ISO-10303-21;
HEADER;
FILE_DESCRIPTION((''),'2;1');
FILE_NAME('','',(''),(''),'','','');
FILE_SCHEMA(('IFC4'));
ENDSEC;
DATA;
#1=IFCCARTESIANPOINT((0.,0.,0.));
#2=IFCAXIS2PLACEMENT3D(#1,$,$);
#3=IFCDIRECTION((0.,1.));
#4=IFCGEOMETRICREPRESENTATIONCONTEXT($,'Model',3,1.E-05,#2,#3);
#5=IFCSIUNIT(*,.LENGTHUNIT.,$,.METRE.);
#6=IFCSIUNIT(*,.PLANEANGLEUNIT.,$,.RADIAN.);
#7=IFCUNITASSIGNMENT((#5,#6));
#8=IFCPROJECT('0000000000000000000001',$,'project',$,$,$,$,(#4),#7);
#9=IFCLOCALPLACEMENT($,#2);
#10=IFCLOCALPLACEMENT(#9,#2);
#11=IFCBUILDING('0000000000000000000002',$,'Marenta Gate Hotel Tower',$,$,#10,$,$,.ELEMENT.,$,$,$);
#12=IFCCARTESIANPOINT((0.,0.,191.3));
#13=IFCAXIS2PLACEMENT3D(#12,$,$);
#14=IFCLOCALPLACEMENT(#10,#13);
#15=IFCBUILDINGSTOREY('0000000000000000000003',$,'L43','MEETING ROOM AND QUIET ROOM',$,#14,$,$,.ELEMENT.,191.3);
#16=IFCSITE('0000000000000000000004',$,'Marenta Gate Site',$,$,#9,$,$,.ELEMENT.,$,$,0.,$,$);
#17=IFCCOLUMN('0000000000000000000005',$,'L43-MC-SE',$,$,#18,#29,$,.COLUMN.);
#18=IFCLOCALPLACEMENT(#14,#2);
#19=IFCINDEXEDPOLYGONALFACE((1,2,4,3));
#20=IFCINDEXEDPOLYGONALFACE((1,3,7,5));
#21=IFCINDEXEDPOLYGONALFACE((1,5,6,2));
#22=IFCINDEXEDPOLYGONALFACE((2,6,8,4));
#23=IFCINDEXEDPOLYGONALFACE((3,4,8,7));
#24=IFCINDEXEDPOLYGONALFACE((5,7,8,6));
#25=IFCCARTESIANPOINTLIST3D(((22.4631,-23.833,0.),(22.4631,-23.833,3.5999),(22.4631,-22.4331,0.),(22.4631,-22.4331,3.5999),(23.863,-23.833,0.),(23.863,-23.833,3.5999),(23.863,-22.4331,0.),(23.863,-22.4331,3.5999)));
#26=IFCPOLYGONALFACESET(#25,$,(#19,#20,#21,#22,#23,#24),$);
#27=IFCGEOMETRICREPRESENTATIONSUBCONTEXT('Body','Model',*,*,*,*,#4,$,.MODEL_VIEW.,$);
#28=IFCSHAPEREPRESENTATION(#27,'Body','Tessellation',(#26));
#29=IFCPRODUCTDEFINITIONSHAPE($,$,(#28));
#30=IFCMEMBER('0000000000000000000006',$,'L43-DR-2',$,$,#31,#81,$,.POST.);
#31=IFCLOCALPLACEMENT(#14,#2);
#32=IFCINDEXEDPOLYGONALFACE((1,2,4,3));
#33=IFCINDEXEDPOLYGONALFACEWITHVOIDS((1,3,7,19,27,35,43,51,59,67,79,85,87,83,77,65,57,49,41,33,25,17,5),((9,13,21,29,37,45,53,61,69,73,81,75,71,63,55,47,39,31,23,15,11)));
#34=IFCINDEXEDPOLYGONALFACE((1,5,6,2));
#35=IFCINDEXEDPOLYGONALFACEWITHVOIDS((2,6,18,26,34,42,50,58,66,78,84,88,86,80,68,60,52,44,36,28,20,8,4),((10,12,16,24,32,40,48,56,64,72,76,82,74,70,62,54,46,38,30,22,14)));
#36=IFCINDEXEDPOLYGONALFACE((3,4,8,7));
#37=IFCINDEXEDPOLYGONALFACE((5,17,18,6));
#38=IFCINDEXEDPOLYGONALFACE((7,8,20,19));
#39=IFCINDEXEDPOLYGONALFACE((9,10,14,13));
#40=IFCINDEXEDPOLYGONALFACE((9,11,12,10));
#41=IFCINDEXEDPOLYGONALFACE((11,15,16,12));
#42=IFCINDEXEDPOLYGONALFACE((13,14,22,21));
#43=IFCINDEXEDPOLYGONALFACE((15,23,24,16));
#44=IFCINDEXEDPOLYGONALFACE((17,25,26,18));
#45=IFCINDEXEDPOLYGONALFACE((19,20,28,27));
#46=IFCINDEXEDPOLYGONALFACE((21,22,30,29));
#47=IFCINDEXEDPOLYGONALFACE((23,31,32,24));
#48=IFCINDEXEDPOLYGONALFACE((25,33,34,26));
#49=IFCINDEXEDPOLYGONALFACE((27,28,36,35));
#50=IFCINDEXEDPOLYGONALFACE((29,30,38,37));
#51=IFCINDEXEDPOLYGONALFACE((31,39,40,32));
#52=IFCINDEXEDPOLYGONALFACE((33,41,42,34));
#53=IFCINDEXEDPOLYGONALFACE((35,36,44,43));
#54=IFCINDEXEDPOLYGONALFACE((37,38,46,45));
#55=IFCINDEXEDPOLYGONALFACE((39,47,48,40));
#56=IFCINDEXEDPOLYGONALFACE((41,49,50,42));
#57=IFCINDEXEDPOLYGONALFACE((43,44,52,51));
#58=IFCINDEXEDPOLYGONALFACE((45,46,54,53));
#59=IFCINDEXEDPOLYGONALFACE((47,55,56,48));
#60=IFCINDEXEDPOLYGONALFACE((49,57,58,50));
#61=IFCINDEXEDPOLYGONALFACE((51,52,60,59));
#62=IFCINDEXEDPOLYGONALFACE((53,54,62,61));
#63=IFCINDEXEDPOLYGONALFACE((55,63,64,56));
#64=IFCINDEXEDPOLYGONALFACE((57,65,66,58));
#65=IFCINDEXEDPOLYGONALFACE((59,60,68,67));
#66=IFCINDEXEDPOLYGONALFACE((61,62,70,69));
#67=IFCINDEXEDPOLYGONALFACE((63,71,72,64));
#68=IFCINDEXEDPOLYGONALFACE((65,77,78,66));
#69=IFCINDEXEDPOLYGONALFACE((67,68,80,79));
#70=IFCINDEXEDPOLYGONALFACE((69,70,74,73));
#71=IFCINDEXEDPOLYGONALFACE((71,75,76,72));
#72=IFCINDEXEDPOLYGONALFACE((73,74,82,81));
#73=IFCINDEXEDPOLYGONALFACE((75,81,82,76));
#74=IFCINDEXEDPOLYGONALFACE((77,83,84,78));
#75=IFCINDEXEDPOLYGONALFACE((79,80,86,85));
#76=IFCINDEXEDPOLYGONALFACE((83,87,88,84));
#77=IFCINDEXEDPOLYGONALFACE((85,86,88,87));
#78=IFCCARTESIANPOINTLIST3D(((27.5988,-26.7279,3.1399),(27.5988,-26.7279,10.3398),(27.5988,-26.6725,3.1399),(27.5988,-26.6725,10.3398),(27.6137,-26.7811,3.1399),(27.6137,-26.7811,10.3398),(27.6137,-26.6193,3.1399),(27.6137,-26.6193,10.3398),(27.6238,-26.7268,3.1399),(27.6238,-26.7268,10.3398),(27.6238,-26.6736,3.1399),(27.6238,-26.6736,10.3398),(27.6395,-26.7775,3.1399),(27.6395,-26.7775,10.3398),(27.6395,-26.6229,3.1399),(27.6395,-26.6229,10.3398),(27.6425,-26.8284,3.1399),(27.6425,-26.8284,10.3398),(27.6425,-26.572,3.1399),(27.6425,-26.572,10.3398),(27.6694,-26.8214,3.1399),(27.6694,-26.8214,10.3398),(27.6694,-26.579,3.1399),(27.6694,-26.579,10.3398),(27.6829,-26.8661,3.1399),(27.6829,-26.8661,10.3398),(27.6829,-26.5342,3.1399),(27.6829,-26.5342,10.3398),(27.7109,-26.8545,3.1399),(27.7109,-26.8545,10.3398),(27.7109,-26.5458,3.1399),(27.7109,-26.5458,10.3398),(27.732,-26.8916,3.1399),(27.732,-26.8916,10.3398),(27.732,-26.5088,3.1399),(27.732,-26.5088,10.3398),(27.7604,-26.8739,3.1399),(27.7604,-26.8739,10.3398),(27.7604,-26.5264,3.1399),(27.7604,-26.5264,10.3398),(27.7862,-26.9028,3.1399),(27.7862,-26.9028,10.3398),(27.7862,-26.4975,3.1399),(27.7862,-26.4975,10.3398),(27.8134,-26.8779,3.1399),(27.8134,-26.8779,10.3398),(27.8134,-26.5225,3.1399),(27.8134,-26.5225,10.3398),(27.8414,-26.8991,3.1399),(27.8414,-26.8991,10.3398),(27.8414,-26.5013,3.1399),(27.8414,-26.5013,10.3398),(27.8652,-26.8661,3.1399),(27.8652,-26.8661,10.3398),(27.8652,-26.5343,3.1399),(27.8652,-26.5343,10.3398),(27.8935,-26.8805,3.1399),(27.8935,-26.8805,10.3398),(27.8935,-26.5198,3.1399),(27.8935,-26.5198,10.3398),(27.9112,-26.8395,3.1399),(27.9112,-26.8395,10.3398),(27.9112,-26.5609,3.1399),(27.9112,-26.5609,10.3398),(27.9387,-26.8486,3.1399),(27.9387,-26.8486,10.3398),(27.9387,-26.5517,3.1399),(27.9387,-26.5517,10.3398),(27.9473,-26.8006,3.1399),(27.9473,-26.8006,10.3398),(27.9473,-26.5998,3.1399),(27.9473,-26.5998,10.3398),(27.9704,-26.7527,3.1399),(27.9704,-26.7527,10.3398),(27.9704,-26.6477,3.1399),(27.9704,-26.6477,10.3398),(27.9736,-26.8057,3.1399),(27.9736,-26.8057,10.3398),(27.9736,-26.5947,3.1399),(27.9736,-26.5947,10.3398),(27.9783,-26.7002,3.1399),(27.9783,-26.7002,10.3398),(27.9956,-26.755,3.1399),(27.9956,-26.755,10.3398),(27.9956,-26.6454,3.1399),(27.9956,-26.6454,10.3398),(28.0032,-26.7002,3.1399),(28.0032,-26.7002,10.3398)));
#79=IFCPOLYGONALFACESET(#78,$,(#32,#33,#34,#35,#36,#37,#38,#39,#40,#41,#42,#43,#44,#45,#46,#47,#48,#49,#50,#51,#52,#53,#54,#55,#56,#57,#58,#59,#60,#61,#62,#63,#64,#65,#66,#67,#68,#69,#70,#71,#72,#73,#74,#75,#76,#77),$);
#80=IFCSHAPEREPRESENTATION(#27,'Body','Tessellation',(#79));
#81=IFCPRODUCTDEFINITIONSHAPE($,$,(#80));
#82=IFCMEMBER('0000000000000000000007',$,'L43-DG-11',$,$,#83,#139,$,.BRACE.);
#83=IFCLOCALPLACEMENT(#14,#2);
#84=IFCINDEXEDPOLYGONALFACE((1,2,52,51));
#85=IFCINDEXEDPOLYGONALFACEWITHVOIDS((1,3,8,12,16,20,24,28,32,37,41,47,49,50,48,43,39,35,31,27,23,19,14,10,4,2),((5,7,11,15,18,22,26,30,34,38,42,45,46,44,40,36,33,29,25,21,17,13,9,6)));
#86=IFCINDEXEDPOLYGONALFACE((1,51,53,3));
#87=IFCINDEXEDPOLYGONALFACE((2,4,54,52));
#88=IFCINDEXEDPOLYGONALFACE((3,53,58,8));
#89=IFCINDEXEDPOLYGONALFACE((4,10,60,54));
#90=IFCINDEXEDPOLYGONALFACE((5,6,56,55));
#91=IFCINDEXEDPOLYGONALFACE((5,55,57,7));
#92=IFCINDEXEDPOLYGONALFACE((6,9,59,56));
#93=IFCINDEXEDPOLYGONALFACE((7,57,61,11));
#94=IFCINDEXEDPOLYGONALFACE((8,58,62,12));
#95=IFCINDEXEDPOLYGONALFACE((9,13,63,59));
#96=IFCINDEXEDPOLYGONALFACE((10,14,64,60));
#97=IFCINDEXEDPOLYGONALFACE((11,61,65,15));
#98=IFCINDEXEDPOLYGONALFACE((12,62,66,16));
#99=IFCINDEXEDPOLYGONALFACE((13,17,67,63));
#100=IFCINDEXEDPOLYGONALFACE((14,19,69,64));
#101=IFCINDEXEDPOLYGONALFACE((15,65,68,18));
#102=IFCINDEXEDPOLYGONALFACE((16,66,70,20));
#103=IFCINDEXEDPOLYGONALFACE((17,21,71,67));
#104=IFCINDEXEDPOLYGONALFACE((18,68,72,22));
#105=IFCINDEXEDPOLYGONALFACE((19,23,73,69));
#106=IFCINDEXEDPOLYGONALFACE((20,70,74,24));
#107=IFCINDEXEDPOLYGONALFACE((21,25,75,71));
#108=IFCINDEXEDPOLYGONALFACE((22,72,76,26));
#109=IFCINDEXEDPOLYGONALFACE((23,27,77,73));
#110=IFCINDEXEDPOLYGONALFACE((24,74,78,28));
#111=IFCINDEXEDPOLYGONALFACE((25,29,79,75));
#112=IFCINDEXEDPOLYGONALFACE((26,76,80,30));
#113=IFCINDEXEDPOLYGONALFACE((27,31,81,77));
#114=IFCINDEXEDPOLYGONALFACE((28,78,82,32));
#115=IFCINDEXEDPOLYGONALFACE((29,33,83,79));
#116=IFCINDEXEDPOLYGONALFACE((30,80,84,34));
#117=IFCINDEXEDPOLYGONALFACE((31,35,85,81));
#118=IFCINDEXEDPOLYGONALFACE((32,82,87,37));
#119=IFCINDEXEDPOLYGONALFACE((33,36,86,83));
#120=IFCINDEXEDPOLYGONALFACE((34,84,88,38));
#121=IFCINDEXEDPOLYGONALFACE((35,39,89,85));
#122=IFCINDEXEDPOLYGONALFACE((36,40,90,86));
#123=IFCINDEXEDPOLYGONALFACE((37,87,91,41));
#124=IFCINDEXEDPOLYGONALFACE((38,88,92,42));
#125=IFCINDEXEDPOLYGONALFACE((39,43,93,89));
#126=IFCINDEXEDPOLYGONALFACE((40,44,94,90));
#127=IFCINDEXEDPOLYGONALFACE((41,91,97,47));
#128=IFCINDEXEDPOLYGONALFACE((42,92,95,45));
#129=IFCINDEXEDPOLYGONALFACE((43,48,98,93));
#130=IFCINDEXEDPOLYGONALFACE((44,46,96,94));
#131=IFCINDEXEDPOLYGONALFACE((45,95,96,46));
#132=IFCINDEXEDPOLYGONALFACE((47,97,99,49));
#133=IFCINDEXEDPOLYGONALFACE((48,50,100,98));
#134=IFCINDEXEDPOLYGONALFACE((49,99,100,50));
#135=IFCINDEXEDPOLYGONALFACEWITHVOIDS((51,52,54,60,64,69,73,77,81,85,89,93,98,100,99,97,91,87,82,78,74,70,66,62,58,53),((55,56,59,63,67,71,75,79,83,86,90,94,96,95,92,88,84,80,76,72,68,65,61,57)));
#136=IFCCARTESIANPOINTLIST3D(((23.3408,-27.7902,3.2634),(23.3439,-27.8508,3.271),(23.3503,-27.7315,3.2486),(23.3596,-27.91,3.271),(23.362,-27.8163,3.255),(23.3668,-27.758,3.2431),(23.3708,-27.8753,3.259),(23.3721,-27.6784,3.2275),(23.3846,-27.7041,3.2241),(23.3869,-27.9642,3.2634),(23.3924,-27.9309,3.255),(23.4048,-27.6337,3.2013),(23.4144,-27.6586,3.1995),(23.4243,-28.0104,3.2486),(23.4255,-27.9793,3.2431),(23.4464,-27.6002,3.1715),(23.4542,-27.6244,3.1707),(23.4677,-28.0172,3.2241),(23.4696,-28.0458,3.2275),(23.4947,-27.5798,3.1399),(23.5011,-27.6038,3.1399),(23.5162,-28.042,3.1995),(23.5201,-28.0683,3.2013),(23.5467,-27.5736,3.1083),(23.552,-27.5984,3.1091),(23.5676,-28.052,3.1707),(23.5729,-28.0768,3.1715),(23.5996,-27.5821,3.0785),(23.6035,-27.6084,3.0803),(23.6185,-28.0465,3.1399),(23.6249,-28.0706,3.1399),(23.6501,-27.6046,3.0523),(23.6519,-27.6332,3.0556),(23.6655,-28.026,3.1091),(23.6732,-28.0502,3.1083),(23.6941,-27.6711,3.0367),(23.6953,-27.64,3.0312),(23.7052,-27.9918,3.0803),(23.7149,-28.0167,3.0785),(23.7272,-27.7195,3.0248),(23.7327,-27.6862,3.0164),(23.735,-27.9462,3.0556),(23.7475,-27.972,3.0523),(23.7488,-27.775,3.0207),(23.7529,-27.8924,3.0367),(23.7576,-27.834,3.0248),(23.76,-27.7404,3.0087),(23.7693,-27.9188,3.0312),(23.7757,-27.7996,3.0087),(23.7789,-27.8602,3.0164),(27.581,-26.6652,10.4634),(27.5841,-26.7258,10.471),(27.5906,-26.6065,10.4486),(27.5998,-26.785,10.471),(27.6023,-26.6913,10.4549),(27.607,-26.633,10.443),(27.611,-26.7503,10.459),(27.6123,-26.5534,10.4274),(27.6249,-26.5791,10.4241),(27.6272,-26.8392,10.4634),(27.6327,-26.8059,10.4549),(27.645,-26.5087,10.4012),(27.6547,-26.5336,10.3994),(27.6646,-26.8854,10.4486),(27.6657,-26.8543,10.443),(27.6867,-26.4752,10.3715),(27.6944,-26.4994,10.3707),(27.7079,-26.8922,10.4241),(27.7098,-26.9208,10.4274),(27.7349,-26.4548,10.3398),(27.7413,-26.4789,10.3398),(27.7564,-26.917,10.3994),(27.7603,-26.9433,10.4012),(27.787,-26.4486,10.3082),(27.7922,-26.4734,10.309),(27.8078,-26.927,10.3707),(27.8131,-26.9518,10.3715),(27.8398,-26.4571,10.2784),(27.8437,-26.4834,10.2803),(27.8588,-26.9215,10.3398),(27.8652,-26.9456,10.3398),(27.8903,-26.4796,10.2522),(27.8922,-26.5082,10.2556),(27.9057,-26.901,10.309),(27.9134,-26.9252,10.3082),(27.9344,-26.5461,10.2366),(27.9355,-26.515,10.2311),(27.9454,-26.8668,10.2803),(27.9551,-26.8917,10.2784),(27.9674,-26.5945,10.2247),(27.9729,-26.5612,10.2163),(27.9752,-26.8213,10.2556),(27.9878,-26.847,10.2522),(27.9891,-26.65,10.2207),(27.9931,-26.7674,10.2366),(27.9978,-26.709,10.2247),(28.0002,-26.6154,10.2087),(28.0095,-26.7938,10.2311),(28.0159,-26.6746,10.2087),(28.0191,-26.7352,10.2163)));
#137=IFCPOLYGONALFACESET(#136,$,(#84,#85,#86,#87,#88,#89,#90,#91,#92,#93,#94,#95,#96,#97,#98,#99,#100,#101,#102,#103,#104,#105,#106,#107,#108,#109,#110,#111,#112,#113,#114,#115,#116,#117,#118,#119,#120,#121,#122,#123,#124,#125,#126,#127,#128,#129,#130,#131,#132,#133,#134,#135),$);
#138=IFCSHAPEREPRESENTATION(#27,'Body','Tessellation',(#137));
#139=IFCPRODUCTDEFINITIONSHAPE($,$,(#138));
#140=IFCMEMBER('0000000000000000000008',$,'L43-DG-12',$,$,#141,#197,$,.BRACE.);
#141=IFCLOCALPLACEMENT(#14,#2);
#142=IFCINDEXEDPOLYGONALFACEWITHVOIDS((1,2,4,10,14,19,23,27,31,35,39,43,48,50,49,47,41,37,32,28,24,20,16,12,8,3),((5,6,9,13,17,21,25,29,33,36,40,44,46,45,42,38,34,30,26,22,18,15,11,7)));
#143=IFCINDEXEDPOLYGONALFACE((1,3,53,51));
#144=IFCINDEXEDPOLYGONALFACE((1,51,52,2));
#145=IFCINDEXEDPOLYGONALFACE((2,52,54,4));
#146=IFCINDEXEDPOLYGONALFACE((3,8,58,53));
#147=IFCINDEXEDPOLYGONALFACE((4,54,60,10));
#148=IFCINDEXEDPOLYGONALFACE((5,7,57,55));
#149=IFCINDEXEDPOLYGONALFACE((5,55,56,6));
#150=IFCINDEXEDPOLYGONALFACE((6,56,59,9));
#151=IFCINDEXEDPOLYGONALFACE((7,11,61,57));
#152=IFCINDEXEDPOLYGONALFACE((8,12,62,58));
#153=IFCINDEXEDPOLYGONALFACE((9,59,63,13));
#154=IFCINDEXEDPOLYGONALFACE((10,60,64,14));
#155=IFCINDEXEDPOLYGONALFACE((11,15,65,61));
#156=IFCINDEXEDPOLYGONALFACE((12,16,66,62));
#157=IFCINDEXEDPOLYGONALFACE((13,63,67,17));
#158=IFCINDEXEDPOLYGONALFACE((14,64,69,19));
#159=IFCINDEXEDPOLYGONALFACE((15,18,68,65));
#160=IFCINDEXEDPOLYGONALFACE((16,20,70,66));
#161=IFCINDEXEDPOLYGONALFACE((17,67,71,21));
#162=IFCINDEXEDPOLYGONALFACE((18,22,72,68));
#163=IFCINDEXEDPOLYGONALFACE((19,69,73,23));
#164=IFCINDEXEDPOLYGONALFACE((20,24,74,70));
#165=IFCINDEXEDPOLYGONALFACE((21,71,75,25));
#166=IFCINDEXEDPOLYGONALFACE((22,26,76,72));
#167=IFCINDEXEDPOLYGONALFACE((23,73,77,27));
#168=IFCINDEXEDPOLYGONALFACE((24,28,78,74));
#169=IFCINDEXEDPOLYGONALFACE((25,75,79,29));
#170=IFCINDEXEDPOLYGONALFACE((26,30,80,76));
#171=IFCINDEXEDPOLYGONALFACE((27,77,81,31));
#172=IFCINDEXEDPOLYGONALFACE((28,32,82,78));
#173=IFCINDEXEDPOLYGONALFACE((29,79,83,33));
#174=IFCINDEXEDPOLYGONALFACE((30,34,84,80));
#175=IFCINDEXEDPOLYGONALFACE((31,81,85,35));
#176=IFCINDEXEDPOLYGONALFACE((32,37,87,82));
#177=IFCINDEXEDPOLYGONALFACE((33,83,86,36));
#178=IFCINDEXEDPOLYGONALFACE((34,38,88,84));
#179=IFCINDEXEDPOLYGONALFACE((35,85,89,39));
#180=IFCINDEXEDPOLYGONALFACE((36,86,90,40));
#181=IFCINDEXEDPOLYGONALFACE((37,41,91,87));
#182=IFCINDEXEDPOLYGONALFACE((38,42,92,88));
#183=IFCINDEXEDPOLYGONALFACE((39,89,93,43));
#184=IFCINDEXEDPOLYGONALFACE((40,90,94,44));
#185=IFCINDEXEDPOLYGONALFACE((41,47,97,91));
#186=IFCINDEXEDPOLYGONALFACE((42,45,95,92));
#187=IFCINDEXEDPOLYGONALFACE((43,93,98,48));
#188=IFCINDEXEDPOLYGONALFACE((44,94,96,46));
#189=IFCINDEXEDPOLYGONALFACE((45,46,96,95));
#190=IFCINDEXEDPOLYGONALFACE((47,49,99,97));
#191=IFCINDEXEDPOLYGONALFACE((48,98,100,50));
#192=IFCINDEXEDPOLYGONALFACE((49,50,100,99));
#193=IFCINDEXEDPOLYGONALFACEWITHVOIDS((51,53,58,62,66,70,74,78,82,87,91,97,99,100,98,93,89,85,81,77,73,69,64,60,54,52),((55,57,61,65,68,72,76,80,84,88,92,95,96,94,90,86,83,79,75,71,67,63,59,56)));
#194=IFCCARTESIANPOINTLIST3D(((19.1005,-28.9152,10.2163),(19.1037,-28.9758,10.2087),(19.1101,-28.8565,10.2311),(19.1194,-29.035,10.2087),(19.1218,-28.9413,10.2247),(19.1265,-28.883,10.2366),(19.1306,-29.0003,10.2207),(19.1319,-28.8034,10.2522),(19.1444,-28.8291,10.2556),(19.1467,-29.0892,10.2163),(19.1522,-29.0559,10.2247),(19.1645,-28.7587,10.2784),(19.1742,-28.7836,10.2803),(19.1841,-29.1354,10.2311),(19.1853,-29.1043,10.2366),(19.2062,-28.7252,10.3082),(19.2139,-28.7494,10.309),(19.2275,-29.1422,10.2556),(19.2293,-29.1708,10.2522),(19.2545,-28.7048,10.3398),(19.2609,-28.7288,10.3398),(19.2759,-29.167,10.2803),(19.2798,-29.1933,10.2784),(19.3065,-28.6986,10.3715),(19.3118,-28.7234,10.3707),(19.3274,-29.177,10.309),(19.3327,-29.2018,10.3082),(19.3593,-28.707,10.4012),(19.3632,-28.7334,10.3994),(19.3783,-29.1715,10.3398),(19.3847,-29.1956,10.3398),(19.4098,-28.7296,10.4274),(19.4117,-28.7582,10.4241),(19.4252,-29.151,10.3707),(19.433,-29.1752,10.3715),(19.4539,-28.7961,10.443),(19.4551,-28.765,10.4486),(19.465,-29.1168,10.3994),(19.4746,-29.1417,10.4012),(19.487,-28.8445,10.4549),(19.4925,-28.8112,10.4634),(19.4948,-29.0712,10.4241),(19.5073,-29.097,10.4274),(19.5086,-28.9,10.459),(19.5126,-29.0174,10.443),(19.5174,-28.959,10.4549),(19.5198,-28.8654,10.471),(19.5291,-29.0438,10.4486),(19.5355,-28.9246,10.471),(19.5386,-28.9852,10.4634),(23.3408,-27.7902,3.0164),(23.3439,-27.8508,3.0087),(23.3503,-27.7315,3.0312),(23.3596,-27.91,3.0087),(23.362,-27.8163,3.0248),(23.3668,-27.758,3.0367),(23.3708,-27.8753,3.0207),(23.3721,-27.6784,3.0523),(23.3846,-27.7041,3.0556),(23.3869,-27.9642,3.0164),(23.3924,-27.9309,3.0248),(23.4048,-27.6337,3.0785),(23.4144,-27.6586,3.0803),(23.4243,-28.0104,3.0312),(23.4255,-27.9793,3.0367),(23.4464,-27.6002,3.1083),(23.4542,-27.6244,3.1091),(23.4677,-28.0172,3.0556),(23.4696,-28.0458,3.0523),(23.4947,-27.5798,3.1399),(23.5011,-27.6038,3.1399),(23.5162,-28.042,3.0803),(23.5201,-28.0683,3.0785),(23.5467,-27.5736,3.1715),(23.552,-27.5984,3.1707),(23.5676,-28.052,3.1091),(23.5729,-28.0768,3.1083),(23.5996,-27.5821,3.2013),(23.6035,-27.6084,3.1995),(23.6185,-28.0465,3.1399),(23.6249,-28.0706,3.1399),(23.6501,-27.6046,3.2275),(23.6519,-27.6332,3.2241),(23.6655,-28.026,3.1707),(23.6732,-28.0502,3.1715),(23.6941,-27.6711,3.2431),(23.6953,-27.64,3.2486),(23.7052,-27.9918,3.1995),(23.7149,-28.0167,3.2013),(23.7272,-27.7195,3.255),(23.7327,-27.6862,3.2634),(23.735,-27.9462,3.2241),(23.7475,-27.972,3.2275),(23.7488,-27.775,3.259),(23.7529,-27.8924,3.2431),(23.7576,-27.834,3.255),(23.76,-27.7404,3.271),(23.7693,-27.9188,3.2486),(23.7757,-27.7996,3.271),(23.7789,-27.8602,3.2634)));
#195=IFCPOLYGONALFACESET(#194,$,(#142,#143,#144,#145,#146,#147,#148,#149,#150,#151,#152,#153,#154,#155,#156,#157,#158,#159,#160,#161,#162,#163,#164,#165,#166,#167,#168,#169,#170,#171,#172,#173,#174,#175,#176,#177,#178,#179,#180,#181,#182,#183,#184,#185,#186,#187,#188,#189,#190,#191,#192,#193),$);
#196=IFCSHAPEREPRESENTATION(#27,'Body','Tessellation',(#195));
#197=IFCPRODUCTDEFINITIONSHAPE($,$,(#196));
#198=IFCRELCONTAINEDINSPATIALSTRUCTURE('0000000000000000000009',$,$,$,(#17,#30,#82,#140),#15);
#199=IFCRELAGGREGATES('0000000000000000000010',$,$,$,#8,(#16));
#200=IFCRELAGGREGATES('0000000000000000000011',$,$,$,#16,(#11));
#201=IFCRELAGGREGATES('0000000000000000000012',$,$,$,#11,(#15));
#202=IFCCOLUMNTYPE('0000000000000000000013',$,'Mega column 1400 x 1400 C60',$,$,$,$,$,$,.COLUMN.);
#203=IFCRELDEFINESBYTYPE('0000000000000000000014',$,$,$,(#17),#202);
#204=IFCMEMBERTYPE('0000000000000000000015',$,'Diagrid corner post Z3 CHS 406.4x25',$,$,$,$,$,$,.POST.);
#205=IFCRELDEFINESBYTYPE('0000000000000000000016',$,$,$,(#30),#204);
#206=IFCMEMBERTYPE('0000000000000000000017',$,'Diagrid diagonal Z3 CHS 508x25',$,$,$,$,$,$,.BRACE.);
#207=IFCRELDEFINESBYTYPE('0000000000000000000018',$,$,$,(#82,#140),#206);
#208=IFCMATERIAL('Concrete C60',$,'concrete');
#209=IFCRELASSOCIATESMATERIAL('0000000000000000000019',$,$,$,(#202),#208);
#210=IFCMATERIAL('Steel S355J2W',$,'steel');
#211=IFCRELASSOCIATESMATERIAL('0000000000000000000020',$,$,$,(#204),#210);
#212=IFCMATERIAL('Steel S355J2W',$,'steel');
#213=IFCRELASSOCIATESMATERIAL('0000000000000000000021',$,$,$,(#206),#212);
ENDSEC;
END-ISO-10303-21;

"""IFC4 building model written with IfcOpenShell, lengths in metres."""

from ifc_helpers import new_model, si_unit, direction, frame, origin, origin_2d, place, context, subcontext, project, spatial, rectangle, hollow_circle, extrude, material, material_profile, profile_set, type_object, element, save


model = new_model("IFC4")

# Units and contexts
model_context = context("Model", 3, precision=1e-05, world=origin(), true_north=direction((0.0, 1.0)))
body_context = subcontext(model_context, "Body", "Model", "MODEL_VIEW")
ifc_project = project(units=[si_unit("LENGTHUNIT", "METRE"), si_unit("PLANEANGLEUNIT", "RADIAN")], contexts=[model_context])

# Site, building, storey
site_placement = place(None, origin())
site = spatial("IfcSite", under=ifc_project, at=site_placement, Name="Marenta Gate Site", CompositionType="ELEMENT", RefElevation=0.0)
building_placement = place(site_placement, origin())
building = spatial("IfcBuilding", under=site, at=building_placement, Name="Marenta Gate Hotel Tower", CompositionType="ELEMENT")
storey_placement = place(building_placement, frame((0.0, 0.0, 191.3)))
storey = spatial("IfcBuildingStorey", under=building, at=storey_placement, Name="L43", Description="MEETING ROOM AND QUIET ROOM", CompositionType="ELEMENT", Elevation=191.3)

# Column
ifc_material_1 = material(Name="Concrete C60", Category="concrete")
ifc_material_profile_1 = material_profile(ifc_material_1, rectangle(XDim=1.3999, YDim=1.3999, at=origin_2d()), Name="1400 x 1400")
ifc_profile_set_1 = profile_set([ifc_material_profile_1], Name="Concrete C60")
column_type = type_object("IfcColumnType", Name="Mega column 1400 x 1400 C60", PredefinedType="COLUMN", material=ifc_profile_set_1)
column_placement = place(storey_placement, frame((23.1631, -23.1331, 0.0), z_axis=(0.0, 0.0, 1.0), x_axis=(1.0, 0.0, 0.0)))
element("IfcColumn", 1, at=column_placement, inside=storey, type_object=column_type, Name="L43-MC-SE", PredefinedType="COLUMN", context=body_context, shape_type="SweptSolid", body=[
    extrude(rectangle(XDim=1.3999, YDim=1.3999, at=origin_2d()), origin(), (0.0, 0.0, 1.0), 3.5999),
])

# Members
ifc_material_2 = material(Name="Steel S355J2W", Category="steel")
ifc_material_profile_2 = material_profile(ifc_material_2, hollow_circle(Radius=0.2031, WallThickness=0.0249, at=origin_2d()), Name="CHS 406.4x25")
ifc_profile_set_2 = profile_set([ifc_material_profile_2], Name="Steel S355J2W")
member_type_1 = type_object("IfcMemberType", Name="Diagrid corner post Z3 CHS 406.4x25", PredefinedType="POST", material=ifc_profile_set_2)
member_1_placement = place(storey_placement, frame((27.8, -26.7002, 3.1399), z_axis=(0.0, 0.0, 1.0), x_axis=(1.0, 0.0, 0.0)))
element("IfcMember", 2, at=member_1_placement, inside=storey, type_object=member_type_1, Name="L43-DR-2", PredefinedType="POST", context=body_context, shape_type="SweptSolid", body=[
    extrude(hollow_circle(Radius=0.2031, WallThickness=0.0249, at=origin_2d()), origin(), (0.0, 0.0, 1.0), 7.2),
])
ifc_material_3 = material(Name="Steel S355J2W", Category="steel")
ifc_material_profile_3 = material_profile(ifc_material_3, hollow_circle(Radius=0.2539, WallThickness=0.0249, at=origin_2d()), Name="CHS 508x25")
ifc_profile_set_3 = profile_set([ifc_material_profile_3], Name="Steel S355J2W")
member_type_2 = type_object("IfcMemberType", Name="Diagrid diagonal Z3 CHS 508x25", PredefinedType="BRACE", material=ifc_profile_set_3)
for number, where, z_axis, x_axis, name in (
    (3, (23.5598, -27.8252, 3.1399), (0.502924, 0.133434, 0.853969), (-0.256443, 0.966559, 0.0), "L43-DG-11"),
    (4, (23.5598, -27.8252, 3.1399), (-0.502924, -0.133434, 0.853969), (0.256443, -0.966559, 0.0), "L43-DG-12"),
):
    element("IfcMember", number, at=place(storey_placement, frame(where, z_axis=z_axis, x_axis=x_axis)), inside=storey, type_object=member_type_2, Name=name, PredefinedType="BRACE", context=body_context, shape_type="SweptSolid", body=[
        extrude(hollow_circle(Radius=0.2539, WallThickness=0.0249, at=origin_2d()), origin(), (0.0, 0.0, 1.0), 8.4312),
    ])

save(model, "model.ifc")
